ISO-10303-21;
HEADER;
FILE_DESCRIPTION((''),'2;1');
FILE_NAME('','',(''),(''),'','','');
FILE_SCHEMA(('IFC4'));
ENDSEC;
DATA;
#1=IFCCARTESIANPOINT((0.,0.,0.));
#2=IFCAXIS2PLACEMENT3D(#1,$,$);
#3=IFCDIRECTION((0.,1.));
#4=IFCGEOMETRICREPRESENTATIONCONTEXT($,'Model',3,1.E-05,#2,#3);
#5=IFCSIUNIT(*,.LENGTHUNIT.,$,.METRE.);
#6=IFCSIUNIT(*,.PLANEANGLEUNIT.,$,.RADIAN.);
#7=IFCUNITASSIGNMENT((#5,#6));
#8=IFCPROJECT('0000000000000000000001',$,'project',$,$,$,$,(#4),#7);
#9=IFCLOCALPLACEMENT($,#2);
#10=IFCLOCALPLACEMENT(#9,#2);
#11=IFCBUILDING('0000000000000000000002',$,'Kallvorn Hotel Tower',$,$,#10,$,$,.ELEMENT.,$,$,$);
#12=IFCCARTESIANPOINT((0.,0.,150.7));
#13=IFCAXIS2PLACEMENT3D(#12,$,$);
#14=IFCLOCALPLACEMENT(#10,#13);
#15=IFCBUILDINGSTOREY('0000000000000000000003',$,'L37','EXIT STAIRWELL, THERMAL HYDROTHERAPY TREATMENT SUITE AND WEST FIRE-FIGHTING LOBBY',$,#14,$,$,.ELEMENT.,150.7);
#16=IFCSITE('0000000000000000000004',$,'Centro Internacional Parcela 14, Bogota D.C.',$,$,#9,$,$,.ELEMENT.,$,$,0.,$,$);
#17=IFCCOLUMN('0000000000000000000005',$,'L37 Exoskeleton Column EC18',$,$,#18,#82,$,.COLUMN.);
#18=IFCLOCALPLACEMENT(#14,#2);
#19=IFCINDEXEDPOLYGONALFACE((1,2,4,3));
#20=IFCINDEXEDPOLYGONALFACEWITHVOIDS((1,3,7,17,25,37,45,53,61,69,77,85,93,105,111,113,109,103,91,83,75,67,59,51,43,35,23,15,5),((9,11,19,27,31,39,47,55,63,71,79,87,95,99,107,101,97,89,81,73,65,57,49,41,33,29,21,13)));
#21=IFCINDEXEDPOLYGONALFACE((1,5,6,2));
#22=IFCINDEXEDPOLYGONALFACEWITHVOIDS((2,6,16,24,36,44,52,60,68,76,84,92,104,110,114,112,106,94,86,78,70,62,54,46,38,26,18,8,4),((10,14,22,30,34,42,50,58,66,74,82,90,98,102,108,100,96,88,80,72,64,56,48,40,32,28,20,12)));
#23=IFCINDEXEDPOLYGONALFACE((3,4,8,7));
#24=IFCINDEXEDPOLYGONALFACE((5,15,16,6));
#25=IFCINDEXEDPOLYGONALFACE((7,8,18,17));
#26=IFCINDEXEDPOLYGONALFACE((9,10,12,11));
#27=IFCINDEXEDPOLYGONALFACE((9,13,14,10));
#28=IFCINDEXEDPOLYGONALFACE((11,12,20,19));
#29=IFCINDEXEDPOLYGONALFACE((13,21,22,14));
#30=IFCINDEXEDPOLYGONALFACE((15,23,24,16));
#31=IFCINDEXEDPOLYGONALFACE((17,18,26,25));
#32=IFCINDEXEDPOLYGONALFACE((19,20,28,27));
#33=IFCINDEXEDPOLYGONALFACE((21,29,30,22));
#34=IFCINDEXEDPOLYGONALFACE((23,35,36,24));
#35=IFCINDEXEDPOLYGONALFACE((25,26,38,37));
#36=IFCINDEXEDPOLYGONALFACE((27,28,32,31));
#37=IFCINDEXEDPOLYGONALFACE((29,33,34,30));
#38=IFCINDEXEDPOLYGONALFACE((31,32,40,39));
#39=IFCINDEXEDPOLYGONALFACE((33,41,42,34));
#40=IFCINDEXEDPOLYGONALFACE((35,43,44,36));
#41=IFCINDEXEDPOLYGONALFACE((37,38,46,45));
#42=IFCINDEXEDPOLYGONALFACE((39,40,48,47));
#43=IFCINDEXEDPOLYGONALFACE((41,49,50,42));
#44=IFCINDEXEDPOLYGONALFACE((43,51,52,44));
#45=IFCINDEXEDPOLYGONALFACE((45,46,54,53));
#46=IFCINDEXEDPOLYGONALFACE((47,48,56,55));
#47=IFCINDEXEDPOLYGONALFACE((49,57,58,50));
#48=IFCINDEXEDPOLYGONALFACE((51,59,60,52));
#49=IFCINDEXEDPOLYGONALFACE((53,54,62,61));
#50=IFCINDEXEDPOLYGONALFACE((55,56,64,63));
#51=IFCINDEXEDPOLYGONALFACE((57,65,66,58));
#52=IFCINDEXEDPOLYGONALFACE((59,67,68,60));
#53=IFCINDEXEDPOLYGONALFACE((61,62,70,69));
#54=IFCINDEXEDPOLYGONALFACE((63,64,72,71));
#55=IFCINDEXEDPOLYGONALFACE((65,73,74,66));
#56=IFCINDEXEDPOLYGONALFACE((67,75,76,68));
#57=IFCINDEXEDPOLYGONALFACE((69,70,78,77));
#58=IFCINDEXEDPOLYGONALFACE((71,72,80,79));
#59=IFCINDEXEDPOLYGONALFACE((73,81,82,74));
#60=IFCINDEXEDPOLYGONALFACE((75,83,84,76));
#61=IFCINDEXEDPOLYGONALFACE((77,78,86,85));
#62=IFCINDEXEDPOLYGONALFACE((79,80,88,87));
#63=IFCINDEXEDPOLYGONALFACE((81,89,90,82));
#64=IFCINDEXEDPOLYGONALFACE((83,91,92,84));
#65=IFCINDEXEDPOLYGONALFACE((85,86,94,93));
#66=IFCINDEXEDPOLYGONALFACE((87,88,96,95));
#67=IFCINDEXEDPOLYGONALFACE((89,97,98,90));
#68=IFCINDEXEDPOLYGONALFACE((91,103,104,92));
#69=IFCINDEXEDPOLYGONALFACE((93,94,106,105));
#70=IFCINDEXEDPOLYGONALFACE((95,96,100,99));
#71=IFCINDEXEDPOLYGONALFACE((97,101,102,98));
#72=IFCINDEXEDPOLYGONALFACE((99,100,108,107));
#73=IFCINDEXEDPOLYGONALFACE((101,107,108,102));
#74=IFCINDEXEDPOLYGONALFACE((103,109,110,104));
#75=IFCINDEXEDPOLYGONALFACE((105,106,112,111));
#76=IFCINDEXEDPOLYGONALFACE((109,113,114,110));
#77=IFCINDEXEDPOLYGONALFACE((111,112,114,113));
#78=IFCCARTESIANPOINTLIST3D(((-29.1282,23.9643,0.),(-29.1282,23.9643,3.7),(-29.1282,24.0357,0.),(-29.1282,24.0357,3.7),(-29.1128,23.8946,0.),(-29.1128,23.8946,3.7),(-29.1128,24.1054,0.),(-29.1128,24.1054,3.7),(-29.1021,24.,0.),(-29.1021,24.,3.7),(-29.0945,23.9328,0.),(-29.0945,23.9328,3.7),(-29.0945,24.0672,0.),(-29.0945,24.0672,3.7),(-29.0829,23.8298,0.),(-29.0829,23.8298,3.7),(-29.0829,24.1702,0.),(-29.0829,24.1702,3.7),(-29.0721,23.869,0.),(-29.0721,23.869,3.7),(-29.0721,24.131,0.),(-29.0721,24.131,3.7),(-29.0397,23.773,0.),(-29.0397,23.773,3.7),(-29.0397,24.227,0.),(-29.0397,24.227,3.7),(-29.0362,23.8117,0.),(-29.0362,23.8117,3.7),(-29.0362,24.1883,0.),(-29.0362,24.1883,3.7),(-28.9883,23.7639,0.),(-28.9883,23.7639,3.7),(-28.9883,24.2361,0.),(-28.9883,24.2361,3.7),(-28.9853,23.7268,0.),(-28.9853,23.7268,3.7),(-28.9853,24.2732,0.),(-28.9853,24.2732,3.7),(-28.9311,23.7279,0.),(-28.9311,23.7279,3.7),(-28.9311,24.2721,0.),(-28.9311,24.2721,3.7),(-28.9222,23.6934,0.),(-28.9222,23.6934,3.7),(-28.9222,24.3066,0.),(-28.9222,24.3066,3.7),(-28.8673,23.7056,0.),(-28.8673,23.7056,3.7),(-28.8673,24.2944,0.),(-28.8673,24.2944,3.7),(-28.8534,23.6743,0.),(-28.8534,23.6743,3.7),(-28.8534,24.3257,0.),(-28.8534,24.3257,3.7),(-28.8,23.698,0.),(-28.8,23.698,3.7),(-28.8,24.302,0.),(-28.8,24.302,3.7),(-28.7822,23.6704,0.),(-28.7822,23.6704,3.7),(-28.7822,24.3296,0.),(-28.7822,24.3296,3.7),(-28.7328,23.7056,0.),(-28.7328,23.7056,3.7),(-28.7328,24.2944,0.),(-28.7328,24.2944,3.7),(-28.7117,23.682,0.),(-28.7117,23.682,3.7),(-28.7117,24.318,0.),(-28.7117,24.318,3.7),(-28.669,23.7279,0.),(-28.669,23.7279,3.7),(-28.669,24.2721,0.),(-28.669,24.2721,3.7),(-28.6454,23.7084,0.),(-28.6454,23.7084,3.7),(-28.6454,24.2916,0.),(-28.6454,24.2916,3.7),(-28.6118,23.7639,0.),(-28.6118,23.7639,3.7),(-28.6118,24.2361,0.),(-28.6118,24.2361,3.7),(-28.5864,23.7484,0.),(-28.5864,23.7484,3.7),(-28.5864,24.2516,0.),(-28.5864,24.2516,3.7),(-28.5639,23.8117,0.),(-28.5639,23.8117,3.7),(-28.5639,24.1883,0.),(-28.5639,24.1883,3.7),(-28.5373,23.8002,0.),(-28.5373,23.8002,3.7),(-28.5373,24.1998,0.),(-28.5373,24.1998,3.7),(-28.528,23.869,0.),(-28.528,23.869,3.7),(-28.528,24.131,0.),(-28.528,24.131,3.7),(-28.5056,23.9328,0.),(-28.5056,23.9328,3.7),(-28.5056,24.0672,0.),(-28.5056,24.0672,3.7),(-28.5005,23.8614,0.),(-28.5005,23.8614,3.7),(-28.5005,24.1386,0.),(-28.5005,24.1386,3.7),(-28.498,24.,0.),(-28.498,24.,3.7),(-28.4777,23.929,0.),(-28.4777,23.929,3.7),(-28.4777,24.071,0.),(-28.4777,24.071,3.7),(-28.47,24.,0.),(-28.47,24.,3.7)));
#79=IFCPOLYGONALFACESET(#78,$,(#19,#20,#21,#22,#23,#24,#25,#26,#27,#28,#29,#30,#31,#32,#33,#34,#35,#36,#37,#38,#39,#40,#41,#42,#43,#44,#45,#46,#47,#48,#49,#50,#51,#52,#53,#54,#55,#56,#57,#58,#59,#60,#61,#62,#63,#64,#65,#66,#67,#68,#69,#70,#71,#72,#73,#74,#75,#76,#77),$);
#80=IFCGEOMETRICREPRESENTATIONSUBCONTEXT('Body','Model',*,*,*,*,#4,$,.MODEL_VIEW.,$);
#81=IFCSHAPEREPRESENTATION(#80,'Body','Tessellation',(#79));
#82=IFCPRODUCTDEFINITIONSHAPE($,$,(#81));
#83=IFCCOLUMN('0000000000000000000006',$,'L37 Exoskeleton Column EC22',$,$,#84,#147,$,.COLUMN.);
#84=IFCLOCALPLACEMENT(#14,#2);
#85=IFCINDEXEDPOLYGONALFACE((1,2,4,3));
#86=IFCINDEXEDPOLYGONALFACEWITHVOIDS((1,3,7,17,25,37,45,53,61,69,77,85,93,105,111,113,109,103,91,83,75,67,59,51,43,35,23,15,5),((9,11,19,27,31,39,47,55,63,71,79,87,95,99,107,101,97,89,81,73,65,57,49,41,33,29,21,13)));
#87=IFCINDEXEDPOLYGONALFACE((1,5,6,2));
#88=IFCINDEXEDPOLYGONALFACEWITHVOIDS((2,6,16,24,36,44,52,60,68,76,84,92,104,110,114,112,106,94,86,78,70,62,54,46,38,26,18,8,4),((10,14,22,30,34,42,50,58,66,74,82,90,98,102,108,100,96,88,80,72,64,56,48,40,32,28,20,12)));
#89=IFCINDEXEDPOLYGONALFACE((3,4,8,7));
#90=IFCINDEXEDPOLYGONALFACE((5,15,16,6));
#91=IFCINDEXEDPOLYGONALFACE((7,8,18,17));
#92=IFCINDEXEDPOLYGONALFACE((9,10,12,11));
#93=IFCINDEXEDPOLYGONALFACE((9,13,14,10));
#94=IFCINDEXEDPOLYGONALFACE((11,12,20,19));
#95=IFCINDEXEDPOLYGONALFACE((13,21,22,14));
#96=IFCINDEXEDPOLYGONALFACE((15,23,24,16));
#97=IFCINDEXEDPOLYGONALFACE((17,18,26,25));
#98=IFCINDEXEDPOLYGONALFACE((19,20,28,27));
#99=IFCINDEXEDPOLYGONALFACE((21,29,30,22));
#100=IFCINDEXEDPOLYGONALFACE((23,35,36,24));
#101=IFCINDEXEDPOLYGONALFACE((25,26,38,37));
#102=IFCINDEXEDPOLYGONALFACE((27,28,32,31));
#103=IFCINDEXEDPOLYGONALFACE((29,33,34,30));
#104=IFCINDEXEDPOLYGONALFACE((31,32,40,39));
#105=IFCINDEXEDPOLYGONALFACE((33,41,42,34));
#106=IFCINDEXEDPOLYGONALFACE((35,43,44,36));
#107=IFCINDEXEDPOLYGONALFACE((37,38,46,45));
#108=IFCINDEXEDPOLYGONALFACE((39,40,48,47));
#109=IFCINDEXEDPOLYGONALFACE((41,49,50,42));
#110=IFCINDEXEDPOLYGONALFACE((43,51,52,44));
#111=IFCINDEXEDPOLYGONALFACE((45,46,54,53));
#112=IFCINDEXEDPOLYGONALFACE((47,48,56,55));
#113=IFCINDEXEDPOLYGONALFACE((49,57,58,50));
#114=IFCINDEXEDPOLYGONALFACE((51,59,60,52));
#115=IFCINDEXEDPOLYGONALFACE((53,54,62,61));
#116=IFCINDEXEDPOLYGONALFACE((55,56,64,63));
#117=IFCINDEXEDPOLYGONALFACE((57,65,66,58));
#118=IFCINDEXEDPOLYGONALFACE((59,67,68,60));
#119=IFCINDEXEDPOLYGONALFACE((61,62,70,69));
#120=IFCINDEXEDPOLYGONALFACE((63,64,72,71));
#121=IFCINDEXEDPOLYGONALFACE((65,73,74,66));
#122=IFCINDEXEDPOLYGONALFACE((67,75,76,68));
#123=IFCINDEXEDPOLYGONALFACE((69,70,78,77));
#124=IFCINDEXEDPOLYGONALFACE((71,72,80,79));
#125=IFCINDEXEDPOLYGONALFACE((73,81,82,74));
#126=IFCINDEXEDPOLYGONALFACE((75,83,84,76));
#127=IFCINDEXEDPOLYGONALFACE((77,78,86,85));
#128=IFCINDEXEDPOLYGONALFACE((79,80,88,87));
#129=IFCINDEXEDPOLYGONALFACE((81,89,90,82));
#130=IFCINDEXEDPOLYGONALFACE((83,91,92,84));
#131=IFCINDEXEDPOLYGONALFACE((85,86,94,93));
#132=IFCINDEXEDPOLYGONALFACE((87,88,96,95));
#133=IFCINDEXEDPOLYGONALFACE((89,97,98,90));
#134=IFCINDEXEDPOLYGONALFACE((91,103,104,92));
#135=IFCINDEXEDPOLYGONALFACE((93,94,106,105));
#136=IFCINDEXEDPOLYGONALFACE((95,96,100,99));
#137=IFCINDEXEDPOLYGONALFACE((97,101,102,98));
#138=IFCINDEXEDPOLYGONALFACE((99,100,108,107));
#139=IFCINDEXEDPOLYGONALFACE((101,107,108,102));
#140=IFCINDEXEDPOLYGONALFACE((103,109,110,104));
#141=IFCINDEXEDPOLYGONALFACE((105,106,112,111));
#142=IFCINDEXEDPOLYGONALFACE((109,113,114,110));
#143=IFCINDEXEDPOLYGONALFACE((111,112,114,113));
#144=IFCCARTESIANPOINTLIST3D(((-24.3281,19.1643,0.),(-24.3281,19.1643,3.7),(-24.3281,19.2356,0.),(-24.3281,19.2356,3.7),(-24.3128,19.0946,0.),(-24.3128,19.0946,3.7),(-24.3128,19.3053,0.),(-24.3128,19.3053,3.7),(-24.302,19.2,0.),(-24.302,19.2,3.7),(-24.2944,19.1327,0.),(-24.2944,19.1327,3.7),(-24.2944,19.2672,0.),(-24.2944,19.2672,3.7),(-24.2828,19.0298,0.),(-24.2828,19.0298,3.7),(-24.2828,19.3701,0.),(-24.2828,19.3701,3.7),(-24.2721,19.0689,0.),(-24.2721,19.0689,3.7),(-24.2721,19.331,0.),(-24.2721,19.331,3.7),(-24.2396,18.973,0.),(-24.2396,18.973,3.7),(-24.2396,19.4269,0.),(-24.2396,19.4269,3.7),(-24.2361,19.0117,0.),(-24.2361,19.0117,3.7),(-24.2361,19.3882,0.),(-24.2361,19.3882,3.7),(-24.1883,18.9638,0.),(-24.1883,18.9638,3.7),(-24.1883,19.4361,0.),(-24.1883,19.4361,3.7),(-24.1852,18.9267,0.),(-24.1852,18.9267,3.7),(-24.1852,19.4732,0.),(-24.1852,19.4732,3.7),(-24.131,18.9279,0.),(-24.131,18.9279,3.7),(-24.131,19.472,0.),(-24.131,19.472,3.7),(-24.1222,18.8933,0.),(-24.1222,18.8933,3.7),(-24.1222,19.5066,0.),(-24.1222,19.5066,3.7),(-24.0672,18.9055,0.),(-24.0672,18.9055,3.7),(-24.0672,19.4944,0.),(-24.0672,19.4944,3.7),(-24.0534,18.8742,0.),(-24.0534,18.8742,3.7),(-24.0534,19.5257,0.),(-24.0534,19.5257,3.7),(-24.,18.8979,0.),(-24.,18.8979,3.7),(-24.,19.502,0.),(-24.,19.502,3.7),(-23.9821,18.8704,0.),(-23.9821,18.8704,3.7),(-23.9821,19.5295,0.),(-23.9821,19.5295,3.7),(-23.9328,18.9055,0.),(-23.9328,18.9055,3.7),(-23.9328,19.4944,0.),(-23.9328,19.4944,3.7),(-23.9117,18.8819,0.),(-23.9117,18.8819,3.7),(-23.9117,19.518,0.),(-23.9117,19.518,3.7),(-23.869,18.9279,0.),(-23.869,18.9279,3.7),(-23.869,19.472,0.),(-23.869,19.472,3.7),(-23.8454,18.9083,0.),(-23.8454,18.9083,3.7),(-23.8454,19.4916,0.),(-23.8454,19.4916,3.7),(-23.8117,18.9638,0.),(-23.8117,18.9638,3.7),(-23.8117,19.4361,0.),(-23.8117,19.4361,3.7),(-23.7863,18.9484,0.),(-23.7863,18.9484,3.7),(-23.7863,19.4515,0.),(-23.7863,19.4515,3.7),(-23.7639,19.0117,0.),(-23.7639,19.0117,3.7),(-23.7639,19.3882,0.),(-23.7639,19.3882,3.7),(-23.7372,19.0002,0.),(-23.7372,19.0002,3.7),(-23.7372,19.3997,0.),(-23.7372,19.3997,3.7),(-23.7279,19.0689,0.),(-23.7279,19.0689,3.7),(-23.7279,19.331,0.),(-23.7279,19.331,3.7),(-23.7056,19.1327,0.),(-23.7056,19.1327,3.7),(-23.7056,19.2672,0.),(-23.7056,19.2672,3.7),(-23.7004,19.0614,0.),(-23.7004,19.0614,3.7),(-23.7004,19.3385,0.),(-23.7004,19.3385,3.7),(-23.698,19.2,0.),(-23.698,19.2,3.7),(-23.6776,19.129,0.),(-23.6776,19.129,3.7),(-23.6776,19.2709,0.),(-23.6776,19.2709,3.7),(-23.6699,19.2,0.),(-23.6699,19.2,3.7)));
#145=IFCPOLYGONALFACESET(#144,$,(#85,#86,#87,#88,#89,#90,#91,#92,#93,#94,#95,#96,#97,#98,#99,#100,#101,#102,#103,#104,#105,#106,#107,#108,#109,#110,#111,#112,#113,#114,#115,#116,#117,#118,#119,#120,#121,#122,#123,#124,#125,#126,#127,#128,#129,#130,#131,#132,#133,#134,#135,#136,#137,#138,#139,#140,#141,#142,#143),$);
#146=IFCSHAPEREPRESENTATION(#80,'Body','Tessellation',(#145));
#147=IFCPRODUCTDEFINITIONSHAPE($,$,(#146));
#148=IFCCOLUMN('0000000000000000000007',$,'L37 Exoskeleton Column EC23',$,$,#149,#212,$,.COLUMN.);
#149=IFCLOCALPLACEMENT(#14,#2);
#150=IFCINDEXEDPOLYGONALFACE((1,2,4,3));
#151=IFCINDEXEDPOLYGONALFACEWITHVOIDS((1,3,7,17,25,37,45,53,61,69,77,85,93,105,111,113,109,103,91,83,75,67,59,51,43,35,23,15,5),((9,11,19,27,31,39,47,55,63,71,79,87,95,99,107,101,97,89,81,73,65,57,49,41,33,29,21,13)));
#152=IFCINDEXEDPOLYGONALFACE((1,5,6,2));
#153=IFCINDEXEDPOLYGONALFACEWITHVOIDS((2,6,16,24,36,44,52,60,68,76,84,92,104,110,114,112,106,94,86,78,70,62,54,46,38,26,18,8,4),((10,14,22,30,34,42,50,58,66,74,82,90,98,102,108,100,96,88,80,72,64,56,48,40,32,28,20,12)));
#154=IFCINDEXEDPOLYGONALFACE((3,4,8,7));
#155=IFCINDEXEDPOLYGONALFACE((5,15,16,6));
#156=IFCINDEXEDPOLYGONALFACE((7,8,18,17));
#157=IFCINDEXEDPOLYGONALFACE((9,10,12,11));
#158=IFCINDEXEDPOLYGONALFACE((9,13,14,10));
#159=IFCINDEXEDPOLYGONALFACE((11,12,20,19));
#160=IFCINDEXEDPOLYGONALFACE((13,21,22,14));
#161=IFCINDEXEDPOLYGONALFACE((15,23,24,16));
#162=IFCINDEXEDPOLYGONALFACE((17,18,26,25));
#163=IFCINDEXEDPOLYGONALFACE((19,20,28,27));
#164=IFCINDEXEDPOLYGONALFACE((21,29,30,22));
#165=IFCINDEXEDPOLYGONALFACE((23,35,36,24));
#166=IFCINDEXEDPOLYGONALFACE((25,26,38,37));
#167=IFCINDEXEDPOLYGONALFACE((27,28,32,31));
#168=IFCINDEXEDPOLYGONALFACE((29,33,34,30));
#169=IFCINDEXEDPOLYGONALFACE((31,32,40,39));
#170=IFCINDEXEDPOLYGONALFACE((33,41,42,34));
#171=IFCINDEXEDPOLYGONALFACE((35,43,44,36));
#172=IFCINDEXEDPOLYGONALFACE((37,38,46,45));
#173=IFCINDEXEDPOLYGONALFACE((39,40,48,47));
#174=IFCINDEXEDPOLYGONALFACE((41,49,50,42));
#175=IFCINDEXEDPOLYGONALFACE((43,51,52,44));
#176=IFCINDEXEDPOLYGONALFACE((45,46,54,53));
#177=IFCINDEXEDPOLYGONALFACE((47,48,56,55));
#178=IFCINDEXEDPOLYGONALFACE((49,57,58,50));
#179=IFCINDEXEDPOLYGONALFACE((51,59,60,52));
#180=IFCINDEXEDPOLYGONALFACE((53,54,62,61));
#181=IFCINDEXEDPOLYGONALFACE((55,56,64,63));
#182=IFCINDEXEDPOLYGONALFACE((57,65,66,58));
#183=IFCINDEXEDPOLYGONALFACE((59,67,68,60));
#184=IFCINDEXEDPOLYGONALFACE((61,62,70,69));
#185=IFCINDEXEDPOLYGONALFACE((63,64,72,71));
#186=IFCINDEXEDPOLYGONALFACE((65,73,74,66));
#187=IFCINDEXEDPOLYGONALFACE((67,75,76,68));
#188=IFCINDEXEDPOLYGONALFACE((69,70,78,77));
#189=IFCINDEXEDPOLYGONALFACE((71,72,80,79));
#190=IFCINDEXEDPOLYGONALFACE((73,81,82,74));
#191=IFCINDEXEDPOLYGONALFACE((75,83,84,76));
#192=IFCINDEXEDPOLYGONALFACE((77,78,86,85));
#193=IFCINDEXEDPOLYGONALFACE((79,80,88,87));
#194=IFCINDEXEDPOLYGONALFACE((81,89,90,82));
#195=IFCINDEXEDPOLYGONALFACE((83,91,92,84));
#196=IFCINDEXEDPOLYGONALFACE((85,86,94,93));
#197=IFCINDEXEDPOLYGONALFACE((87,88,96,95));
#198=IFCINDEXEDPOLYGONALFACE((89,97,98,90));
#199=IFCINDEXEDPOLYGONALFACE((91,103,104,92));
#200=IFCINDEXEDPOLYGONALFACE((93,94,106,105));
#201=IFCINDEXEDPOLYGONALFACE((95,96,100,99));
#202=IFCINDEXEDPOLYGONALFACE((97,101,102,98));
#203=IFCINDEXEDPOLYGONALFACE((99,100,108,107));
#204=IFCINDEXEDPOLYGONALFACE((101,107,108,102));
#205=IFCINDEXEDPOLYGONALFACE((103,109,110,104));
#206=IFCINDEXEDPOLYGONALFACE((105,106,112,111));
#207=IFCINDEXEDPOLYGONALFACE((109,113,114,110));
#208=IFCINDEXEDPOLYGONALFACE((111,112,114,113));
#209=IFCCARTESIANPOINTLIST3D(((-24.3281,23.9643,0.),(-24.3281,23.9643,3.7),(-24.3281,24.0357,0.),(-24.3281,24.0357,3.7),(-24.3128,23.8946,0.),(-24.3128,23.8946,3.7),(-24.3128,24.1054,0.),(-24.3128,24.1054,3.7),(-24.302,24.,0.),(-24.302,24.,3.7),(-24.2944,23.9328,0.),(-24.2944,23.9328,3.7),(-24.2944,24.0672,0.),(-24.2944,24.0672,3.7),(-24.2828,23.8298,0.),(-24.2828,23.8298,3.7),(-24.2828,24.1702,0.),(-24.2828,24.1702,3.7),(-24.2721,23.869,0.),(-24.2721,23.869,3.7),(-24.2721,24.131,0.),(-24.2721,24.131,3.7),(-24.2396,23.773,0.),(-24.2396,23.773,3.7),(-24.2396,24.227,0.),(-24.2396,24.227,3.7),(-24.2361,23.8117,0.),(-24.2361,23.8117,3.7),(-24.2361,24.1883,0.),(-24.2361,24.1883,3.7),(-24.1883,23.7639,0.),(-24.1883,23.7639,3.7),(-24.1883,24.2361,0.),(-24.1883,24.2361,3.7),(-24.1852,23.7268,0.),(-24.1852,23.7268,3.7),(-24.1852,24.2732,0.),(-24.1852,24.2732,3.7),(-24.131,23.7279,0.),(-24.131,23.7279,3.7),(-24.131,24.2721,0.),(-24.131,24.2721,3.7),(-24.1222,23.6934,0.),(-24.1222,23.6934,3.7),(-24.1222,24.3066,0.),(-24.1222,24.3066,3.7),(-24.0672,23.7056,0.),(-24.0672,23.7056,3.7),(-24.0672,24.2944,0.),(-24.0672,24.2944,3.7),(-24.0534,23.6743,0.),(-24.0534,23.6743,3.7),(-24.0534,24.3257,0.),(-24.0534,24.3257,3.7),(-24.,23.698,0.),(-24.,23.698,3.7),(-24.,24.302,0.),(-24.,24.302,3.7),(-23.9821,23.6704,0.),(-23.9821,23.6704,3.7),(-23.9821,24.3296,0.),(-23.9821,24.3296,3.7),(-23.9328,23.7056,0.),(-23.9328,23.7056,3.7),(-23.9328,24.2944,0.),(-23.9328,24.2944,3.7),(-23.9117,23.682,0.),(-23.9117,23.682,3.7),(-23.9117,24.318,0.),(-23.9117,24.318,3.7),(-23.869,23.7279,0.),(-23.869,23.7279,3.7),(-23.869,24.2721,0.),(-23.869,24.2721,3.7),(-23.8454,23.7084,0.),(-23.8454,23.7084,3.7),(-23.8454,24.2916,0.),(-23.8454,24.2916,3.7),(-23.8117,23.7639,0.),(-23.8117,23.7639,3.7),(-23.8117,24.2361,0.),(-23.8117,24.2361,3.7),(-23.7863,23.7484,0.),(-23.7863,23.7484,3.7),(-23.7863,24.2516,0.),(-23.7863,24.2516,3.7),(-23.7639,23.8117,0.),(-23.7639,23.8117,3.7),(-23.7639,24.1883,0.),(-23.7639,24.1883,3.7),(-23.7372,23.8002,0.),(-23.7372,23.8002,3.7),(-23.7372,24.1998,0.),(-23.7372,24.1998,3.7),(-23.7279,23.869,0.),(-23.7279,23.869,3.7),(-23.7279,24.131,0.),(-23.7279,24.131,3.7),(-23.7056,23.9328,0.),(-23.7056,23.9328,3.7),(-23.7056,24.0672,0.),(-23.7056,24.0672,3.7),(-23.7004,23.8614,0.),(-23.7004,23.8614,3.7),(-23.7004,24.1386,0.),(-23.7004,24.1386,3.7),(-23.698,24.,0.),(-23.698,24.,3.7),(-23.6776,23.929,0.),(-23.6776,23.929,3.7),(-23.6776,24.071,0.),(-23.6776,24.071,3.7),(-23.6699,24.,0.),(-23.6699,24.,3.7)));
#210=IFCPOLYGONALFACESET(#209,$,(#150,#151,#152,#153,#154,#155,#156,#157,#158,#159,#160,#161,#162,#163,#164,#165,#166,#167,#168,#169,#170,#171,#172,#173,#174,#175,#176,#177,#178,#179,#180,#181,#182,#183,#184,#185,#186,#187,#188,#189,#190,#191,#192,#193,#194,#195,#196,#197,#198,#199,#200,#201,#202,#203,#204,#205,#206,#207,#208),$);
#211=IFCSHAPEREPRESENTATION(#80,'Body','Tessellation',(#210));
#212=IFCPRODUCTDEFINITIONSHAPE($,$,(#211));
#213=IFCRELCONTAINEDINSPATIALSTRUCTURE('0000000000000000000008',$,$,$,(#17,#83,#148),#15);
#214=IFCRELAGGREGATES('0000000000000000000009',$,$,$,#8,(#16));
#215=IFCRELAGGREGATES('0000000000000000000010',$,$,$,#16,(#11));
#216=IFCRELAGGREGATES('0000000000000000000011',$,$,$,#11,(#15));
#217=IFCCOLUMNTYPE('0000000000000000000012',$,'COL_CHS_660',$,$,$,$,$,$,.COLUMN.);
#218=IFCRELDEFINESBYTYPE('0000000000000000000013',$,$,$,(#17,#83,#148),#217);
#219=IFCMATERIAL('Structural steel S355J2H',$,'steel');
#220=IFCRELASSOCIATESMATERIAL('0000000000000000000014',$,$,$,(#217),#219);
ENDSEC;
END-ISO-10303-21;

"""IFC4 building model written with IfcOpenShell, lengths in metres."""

from ifc_helpers import new_model, si_unit, direction, frame, origin, origin_2d, place, context, subcontext, project, spatial, hollow_circle, extrude, material, material_profile, profile_set, type_object, element, save


model = new_model("IFC4")

# Units and contexts
model_context = context("Model", 3, precision=1e-05, world=origin(), true_north=direction((0.0, 1.0)))
body_context = subcontext(model_context, "Body", "Model", "MODEL_VIEW")
ifc_project = project(units=[si_unit("LENGTHUNIT", "METRE"), si_unit("PLANEANGLEUNIT", "RADIAN")], contexts=[model_context])

# Site, building, storey
site_placement = place(None, origin())
site = spatial("IfcSite", under=ifc_project, at=site_placement, Name="Centro Internacional Parcela 14, Bogota D.C.", CompositionType="ELEMENT", RefElevation=0.0)
building_placement = place(site_placement, origin())
building = spatial("IfcBuilding", under=site, at=building_placement, Name="Kallvorn Hotel Tower", CompositionType="ELEMENT")
storey_placement = place(building_placement, frame((0.0, 0.0, 150.7)))
storey = spatial("IfcBuildingStorey", under=building, at=storey_placement, Name="L37", Description="EXIT STAIRWELL, THERMAL HYDROTHERAPY TREATMENT SUITE AND WEST FIRE-FIGHTING LOBBY", CompositionType="ELEMENT", Elevation=150.7)

# Columns
ifc_material_1 = material(Name="Structural steel S355J2H", Category="steel")
ifc_material_profile_1 = material_profile(ifc_material_1, hollow_circle(Radius=0.3301, WallThickness=0.0281, at=origin_2d()), Name="CHS 660x28")
ifc_profile_set_1 = profile_set([ifc_material_profile_1], Name="Structural steel S355J2H")
column_type_1 = type_object("IfcColumnType", Name="COL_CHS_660", PredefinedType="COLUMN", material=ifc_profile_set_1)
for number, where, z_axis, x_axis, name in (
    (1, (-28.8, 24.0, 0.0), (0.0, 0.0, 1.0), (1.0, 0.0, 0.0), "L37 Exoskeleton Column EC18"),
    (2, (-24.0, 19.2, 0.0), (0.0, 0.0, 1.0), (1.0, 0.0, 0.0), "L37 Exoskeleton Column EC22"),
    (3, (-24.0, 24.0, 0.0), (0.0, 0.0, 1.0), (1.0, 0.0, 0.0), "L37 Exoskeleton Column EC23"),
):
    element("IfcColumn", number, at=place(storey_placement, frame(where, z_axis=z_axis, x_axis=x_axis)), inside=storey, type_object=column_type_1, Name=name, PredefinedType="COLUMN", context=body_context, shape_type="SweptSolid", body=[
        extrude(hollow_circle(Radius=0.3301, WallThickness=0.0281, at=origin_2d()), origin(), (0.0, 0.0, 1.0), 3.7),
    ])

save(model, "model.ifc")
